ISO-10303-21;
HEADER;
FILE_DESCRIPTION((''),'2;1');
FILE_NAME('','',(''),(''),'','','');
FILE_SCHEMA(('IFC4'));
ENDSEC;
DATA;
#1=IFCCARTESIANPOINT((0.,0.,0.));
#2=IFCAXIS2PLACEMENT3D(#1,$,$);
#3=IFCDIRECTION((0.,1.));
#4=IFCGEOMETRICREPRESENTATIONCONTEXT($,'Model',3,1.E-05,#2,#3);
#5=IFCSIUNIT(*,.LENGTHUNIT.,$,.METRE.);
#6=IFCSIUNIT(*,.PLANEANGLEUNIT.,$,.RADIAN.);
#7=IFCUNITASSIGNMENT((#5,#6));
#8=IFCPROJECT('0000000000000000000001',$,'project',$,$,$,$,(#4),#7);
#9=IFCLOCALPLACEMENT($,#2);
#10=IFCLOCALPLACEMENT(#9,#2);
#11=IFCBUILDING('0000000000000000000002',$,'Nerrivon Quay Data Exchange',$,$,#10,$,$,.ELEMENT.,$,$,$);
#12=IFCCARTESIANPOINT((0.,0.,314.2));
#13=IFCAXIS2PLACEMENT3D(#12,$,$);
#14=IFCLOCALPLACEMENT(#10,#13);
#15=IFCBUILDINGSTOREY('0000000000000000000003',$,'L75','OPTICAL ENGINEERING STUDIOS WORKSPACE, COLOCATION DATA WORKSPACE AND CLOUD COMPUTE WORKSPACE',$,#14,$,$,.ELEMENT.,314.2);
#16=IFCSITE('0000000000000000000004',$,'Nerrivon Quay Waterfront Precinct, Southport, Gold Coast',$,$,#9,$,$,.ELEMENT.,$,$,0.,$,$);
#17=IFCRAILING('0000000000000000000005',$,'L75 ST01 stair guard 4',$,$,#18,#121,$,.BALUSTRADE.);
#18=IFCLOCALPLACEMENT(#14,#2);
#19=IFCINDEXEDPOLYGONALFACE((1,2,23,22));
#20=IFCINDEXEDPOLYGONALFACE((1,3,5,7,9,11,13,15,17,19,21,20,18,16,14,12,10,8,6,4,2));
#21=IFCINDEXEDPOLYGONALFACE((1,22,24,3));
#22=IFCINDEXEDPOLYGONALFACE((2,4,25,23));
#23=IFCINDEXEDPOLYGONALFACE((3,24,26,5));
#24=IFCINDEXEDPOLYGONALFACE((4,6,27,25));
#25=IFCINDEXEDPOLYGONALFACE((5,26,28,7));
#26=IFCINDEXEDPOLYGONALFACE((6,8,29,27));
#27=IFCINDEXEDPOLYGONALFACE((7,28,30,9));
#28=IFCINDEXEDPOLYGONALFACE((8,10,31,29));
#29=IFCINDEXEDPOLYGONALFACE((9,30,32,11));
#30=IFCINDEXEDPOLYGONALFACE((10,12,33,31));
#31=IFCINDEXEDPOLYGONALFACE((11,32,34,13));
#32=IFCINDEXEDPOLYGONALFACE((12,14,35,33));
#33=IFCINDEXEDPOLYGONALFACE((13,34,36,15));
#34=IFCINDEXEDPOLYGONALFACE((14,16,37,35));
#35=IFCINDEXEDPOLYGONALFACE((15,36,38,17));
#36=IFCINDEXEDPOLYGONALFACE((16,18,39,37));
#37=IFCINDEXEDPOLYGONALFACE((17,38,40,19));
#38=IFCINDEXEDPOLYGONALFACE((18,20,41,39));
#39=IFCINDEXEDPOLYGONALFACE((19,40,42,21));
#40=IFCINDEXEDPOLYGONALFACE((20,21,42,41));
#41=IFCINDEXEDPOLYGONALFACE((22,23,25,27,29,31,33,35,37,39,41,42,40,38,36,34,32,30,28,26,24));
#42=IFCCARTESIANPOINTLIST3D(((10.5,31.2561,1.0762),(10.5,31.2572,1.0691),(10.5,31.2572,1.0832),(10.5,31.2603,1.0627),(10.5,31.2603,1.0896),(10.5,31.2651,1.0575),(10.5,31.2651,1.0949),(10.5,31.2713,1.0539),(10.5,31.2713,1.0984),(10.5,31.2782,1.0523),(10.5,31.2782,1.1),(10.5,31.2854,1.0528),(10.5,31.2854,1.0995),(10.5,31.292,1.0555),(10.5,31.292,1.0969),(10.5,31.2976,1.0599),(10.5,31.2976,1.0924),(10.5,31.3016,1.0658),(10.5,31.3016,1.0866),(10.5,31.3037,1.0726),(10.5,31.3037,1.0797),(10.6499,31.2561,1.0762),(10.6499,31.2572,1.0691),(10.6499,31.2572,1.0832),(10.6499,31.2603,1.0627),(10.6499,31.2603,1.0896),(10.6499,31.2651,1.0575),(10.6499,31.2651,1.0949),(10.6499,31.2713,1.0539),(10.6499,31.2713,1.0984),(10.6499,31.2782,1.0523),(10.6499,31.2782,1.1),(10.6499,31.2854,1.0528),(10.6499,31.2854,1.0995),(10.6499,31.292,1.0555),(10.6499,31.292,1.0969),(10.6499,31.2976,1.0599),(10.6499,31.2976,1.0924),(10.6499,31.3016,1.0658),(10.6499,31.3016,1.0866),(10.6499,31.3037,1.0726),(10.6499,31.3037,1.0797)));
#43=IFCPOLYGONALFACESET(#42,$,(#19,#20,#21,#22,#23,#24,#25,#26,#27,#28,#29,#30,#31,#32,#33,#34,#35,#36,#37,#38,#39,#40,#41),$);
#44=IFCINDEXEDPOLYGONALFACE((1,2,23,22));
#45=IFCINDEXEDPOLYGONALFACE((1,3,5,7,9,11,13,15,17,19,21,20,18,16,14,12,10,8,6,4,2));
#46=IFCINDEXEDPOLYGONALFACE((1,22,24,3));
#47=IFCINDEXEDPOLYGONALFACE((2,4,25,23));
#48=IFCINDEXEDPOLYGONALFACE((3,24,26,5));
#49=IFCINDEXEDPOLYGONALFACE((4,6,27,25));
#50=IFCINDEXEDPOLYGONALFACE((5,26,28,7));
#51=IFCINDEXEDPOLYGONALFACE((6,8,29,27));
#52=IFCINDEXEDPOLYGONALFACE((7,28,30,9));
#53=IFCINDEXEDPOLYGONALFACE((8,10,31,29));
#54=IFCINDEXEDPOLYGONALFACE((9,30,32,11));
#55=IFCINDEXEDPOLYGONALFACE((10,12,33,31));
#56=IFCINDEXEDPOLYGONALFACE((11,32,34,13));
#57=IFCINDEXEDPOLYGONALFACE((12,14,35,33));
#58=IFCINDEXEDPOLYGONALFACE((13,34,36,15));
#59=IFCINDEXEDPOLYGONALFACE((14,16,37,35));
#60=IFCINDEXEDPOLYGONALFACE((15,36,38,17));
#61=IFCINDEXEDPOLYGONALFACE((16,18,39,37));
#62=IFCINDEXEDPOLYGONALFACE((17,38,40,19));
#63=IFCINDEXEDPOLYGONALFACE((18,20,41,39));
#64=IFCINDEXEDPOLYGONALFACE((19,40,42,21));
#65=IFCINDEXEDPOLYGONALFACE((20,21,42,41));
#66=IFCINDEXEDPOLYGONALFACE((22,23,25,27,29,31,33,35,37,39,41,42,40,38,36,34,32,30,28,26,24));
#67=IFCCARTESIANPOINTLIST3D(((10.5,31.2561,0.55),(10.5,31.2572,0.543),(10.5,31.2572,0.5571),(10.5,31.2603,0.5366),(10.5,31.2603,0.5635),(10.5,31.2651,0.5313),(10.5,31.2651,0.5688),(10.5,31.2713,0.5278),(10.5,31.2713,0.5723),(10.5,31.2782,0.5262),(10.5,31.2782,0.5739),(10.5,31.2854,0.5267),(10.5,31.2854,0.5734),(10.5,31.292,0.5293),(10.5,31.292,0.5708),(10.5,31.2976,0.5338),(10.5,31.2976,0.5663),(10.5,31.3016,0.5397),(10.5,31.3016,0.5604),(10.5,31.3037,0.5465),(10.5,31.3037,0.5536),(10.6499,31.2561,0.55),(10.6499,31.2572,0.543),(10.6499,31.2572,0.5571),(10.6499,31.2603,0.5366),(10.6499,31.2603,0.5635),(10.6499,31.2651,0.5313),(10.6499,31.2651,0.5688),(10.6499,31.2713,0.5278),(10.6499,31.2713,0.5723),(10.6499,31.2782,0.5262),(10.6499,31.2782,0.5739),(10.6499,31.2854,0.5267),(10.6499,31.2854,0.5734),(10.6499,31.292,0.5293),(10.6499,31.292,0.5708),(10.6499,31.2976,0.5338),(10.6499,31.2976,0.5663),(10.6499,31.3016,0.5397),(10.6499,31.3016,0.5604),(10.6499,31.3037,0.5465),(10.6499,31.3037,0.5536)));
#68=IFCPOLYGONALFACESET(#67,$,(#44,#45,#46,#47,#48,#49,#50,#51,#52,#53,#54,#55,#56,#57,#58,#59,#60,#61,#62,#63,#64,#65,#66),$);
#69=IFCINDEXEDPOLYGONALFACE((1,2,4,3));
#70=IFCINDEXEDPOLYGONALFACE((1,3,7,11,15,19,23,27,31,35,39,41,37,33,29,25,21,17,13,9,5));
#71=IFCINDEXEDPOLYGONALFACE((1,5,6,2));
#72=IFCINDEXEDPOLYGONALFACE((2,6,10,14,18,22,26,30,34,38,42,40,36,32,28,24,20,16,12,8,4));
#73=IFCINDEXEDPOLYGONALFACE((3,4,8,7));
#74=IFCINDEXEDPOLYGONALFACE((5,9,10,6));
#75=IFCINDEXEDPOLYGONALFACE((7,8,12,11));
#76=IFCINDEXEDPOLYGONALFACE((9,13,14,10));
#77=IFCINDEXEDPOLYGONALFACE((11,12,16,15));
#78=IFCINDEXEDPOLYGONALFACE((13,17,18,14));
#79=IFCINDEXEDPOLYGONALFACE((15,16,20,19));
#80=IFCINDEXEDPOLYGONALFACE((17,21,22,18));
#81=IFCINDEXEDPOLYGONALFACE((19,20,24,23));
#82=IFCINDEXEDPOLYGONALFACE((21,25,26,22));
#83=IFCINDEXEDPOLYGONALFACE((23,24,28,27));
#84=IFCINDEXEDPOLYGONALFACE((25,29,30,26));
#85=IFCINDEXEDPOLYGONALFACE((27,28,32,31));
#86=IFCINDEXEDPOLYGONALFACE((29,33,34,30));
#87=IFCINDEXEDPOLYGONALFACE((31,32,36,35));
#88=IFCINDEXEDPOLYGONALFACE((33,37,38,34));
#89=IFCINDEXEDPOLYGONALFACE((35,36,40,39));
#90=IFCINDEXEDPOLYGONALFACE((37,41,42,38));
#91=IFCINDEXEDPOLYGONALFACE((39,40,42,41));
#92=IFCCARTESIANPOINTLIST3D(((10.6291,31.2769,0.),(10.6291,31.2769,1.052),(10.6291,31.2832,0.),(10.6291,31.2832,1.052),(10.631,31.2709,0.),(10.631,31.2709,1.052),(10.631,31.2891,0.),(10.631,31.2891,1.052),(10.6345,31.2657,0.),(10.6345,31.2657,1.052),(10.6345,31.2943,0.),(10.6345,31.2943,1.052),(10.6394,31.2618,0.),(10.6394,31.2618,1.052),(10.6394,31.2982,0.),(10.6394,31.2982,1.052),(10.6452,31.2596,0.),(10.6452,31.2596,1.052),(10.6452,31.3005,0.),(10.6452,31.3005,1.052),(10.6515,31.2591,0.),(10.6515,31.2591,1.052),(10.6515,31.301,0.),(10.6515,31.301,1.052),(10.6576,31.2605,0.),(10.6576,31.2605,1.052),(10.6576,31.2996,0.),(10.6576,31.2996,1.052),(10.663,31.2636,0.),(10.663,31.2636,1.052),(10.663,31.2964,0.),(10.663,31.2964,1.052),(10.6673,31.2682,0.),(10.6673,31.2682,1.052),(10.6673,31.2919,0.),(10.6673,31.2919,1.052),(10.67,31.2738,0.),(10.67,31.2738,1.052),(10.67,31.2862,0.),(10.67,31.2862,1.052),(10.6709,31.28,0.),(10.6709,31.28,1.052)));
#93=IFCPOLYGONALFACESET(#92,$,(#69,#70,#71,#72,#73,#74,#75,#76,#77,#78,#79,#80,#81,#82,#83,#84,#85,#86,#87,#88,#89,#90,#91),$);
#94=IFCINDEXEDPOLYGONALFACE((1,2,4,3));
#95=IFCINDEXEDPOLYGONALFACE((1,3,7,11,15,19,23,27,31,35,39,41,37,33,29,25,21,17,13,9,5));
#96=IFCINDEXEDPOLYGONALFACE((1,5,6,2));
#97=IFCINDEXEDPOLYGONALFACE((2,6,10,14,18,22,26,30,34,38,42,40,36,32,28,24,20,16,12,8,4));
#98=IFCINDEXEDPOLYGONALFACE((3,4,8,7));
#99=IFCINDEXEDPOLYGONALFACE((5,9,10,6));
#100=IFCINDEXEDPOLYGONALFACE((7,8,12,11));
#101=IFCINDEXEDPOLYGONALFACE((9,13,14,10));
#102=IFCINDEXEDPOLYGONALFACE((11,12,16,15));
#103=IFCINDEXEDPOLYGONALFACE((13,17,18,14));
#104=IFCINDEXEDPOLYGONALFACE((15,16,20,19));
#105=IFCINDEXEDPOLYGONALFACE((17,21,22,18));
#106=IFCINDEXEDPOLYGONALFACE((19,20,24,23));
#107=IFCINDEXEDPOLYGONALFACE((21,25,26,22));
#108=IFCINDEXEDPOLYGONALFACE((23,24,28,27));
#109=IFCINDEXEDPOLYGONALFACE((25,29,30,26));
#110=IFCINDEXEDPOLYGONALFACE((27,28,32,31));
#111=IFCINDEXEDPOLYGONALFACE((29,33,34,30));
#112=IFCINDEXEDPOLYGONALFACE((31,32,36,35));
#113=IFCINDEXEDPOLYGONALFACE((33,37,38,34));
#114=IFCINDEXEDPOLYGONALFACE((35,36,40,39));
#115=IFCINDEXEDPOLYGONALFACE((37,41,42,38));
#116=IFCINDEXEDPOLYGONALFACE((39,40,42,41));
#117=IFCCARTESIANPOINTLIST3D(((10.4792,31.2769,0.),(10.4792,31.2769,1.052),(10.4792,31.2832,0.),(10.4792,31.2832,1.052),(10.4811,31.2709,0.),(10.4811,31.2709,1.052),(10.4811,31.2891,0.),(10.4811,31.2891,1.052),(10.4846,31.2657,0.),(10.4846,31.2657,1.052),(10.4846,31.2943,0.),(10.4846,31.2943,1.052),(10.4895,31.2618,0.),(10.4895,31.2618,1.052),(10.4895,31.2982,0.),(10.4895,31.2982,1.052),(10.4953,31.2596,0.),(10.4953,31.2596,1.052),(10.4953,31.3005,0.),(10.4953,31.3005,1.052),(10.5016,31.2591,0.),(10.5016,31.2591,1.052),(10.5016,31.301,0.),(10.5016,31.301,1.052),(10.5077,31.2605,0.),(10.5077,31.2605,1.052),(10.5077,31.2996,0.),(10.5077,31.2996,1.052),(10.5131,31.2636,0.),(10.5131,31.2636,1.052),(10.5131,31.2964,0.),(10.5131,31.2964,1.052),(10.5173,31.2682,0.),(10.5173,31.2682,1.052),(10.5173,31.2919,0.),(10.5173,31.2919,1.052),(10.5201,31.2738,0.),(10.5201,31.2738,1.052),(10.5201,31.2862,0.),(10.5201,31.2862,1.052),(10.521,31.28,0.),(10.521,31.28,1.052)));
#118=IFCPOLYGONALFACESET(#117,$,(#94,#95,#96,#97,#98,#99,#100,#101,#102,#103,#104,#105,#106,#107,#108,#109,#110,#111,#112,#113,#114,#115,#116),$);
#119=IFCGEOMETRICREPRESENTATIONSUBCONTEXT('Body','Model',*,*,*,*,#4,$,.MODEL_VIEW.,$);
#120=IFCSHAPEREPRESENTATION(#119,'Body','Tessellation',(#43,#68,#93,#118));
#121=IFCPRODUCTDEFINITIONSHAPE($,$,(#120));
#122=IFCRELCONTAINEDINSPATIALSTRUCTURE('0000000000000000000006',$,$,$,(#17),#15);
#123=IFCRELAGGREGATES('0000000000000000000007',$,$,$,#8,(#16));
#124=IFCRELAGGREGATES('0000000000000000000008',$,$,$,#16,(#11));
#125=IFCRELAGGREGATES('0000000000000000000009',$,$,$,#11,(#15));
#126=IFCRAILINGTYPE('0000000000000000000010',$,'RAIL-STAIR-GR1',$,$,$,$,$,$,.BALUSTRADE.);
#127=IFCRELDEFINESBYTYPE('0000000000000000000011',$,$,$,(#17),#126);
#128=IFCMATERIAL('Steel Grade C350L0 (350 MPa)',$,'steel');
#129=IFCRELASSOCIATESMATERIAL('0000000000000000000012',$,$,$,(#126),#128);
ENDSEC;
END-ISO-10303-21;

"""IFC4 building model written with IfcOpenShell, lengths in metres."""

from ifc_helpers import new_model, si_unit, direction, frame, origin, origin_2d, place, context, subcontext, project, spatial, circle, extrude, material, type_object, element, save


model = new_model("IFC4")

# Units and contexts
model_context = context("Model", 3, precision=1e-05, world=origin(), true_north=direction((0.0, 1.0)))
body_context = subcontext(model_context, "Body", "Model", "MODEL_VIEW")
ifc_project = project(units=[si_unit("LENGTHUNIT", "METRE"), si_unit("PLANEANGLEUNIT", "RADIAN")], contexts=[model_context])

# Site, building, storey
site_placement = place(None, origin())
site = spatial("IfcSite", under=ifc_project, at=site_placement, Name="Nerrivon Quay Waterfront Precinct, Southport, Gold Coast", CompositionType="ELEMENT", RefElevation=0.0)
building_placement = place(site_placement, origin())
building = spatial("IfcBuilding", under=site, at=building_placement, Name="Nerrivon Quay Data Exchange", CompositionType="ELEMENT")
storey_placement = place(building_placement, frame((0.0, 0.0, 314.2)))
storey = spatial("IfcBuildingStorey", under=building, at=storey_placement, Name="L75", Description="OPTICAL ENGINEERING STUDIOS WORKSPACE, COLOCATION DATA WORKSPACE AND CLOUD COMPUTE WORKSPACE", CompositionType="ELEMENT", Elevation=314.2)

# Shared definitions
ifc_material_1 = material(Name="Steel Grade C350L0 (350 MPa)", Category="steel")

# Railing
railing_type_1 = type_object("IfcRailingType", Name="RAIL-STAIR-GR1", PredefinedType="BALUSTRADE", material=ifc_material_1)
railing_1_placement = place(storey_placement, frame((10.6499, 31.28, 0.0)))
element("IfcRailing", 1, at=railing_1_placement, inside=storey, type_object=railing_type_1, Name="L75 ST01 stair guard 4", PredefinedType="BALUSTRADE", context=body_context, shape_type="SweptSolid", body=[
    extrude(circle(Radius=0.0239, at=origin_2d()), frame((0.0, 0.0, 1.0762), z_axis=(-1.0, 0.0, 0.0), x_axis=(0.0, -1.0, 0.0)), (0.0, 0.0, 1.0), 0.1499),
    extrude(circle(Radius=0.0239, at=origin_2d()), frame((0.0, 0.0, 0.55), z_axis=(-1.0, 0.0, 0.0), x_axis=(0.0, -1.0, 0.0)), (0.0, 0.0, 1.0), 0.1499),
    extrude(circle(Radius=0.021, at=origin_2d()), origin(), (0.0, 0.0, 1.0), 1.052),
    extrude(circle(Radius=0.021, at=origin_2d()), frame((-0.1499, 0.0, 0.0)), (0.0, 0.0, 1.0), 1.052),
])

save(model, "model.ifc")
